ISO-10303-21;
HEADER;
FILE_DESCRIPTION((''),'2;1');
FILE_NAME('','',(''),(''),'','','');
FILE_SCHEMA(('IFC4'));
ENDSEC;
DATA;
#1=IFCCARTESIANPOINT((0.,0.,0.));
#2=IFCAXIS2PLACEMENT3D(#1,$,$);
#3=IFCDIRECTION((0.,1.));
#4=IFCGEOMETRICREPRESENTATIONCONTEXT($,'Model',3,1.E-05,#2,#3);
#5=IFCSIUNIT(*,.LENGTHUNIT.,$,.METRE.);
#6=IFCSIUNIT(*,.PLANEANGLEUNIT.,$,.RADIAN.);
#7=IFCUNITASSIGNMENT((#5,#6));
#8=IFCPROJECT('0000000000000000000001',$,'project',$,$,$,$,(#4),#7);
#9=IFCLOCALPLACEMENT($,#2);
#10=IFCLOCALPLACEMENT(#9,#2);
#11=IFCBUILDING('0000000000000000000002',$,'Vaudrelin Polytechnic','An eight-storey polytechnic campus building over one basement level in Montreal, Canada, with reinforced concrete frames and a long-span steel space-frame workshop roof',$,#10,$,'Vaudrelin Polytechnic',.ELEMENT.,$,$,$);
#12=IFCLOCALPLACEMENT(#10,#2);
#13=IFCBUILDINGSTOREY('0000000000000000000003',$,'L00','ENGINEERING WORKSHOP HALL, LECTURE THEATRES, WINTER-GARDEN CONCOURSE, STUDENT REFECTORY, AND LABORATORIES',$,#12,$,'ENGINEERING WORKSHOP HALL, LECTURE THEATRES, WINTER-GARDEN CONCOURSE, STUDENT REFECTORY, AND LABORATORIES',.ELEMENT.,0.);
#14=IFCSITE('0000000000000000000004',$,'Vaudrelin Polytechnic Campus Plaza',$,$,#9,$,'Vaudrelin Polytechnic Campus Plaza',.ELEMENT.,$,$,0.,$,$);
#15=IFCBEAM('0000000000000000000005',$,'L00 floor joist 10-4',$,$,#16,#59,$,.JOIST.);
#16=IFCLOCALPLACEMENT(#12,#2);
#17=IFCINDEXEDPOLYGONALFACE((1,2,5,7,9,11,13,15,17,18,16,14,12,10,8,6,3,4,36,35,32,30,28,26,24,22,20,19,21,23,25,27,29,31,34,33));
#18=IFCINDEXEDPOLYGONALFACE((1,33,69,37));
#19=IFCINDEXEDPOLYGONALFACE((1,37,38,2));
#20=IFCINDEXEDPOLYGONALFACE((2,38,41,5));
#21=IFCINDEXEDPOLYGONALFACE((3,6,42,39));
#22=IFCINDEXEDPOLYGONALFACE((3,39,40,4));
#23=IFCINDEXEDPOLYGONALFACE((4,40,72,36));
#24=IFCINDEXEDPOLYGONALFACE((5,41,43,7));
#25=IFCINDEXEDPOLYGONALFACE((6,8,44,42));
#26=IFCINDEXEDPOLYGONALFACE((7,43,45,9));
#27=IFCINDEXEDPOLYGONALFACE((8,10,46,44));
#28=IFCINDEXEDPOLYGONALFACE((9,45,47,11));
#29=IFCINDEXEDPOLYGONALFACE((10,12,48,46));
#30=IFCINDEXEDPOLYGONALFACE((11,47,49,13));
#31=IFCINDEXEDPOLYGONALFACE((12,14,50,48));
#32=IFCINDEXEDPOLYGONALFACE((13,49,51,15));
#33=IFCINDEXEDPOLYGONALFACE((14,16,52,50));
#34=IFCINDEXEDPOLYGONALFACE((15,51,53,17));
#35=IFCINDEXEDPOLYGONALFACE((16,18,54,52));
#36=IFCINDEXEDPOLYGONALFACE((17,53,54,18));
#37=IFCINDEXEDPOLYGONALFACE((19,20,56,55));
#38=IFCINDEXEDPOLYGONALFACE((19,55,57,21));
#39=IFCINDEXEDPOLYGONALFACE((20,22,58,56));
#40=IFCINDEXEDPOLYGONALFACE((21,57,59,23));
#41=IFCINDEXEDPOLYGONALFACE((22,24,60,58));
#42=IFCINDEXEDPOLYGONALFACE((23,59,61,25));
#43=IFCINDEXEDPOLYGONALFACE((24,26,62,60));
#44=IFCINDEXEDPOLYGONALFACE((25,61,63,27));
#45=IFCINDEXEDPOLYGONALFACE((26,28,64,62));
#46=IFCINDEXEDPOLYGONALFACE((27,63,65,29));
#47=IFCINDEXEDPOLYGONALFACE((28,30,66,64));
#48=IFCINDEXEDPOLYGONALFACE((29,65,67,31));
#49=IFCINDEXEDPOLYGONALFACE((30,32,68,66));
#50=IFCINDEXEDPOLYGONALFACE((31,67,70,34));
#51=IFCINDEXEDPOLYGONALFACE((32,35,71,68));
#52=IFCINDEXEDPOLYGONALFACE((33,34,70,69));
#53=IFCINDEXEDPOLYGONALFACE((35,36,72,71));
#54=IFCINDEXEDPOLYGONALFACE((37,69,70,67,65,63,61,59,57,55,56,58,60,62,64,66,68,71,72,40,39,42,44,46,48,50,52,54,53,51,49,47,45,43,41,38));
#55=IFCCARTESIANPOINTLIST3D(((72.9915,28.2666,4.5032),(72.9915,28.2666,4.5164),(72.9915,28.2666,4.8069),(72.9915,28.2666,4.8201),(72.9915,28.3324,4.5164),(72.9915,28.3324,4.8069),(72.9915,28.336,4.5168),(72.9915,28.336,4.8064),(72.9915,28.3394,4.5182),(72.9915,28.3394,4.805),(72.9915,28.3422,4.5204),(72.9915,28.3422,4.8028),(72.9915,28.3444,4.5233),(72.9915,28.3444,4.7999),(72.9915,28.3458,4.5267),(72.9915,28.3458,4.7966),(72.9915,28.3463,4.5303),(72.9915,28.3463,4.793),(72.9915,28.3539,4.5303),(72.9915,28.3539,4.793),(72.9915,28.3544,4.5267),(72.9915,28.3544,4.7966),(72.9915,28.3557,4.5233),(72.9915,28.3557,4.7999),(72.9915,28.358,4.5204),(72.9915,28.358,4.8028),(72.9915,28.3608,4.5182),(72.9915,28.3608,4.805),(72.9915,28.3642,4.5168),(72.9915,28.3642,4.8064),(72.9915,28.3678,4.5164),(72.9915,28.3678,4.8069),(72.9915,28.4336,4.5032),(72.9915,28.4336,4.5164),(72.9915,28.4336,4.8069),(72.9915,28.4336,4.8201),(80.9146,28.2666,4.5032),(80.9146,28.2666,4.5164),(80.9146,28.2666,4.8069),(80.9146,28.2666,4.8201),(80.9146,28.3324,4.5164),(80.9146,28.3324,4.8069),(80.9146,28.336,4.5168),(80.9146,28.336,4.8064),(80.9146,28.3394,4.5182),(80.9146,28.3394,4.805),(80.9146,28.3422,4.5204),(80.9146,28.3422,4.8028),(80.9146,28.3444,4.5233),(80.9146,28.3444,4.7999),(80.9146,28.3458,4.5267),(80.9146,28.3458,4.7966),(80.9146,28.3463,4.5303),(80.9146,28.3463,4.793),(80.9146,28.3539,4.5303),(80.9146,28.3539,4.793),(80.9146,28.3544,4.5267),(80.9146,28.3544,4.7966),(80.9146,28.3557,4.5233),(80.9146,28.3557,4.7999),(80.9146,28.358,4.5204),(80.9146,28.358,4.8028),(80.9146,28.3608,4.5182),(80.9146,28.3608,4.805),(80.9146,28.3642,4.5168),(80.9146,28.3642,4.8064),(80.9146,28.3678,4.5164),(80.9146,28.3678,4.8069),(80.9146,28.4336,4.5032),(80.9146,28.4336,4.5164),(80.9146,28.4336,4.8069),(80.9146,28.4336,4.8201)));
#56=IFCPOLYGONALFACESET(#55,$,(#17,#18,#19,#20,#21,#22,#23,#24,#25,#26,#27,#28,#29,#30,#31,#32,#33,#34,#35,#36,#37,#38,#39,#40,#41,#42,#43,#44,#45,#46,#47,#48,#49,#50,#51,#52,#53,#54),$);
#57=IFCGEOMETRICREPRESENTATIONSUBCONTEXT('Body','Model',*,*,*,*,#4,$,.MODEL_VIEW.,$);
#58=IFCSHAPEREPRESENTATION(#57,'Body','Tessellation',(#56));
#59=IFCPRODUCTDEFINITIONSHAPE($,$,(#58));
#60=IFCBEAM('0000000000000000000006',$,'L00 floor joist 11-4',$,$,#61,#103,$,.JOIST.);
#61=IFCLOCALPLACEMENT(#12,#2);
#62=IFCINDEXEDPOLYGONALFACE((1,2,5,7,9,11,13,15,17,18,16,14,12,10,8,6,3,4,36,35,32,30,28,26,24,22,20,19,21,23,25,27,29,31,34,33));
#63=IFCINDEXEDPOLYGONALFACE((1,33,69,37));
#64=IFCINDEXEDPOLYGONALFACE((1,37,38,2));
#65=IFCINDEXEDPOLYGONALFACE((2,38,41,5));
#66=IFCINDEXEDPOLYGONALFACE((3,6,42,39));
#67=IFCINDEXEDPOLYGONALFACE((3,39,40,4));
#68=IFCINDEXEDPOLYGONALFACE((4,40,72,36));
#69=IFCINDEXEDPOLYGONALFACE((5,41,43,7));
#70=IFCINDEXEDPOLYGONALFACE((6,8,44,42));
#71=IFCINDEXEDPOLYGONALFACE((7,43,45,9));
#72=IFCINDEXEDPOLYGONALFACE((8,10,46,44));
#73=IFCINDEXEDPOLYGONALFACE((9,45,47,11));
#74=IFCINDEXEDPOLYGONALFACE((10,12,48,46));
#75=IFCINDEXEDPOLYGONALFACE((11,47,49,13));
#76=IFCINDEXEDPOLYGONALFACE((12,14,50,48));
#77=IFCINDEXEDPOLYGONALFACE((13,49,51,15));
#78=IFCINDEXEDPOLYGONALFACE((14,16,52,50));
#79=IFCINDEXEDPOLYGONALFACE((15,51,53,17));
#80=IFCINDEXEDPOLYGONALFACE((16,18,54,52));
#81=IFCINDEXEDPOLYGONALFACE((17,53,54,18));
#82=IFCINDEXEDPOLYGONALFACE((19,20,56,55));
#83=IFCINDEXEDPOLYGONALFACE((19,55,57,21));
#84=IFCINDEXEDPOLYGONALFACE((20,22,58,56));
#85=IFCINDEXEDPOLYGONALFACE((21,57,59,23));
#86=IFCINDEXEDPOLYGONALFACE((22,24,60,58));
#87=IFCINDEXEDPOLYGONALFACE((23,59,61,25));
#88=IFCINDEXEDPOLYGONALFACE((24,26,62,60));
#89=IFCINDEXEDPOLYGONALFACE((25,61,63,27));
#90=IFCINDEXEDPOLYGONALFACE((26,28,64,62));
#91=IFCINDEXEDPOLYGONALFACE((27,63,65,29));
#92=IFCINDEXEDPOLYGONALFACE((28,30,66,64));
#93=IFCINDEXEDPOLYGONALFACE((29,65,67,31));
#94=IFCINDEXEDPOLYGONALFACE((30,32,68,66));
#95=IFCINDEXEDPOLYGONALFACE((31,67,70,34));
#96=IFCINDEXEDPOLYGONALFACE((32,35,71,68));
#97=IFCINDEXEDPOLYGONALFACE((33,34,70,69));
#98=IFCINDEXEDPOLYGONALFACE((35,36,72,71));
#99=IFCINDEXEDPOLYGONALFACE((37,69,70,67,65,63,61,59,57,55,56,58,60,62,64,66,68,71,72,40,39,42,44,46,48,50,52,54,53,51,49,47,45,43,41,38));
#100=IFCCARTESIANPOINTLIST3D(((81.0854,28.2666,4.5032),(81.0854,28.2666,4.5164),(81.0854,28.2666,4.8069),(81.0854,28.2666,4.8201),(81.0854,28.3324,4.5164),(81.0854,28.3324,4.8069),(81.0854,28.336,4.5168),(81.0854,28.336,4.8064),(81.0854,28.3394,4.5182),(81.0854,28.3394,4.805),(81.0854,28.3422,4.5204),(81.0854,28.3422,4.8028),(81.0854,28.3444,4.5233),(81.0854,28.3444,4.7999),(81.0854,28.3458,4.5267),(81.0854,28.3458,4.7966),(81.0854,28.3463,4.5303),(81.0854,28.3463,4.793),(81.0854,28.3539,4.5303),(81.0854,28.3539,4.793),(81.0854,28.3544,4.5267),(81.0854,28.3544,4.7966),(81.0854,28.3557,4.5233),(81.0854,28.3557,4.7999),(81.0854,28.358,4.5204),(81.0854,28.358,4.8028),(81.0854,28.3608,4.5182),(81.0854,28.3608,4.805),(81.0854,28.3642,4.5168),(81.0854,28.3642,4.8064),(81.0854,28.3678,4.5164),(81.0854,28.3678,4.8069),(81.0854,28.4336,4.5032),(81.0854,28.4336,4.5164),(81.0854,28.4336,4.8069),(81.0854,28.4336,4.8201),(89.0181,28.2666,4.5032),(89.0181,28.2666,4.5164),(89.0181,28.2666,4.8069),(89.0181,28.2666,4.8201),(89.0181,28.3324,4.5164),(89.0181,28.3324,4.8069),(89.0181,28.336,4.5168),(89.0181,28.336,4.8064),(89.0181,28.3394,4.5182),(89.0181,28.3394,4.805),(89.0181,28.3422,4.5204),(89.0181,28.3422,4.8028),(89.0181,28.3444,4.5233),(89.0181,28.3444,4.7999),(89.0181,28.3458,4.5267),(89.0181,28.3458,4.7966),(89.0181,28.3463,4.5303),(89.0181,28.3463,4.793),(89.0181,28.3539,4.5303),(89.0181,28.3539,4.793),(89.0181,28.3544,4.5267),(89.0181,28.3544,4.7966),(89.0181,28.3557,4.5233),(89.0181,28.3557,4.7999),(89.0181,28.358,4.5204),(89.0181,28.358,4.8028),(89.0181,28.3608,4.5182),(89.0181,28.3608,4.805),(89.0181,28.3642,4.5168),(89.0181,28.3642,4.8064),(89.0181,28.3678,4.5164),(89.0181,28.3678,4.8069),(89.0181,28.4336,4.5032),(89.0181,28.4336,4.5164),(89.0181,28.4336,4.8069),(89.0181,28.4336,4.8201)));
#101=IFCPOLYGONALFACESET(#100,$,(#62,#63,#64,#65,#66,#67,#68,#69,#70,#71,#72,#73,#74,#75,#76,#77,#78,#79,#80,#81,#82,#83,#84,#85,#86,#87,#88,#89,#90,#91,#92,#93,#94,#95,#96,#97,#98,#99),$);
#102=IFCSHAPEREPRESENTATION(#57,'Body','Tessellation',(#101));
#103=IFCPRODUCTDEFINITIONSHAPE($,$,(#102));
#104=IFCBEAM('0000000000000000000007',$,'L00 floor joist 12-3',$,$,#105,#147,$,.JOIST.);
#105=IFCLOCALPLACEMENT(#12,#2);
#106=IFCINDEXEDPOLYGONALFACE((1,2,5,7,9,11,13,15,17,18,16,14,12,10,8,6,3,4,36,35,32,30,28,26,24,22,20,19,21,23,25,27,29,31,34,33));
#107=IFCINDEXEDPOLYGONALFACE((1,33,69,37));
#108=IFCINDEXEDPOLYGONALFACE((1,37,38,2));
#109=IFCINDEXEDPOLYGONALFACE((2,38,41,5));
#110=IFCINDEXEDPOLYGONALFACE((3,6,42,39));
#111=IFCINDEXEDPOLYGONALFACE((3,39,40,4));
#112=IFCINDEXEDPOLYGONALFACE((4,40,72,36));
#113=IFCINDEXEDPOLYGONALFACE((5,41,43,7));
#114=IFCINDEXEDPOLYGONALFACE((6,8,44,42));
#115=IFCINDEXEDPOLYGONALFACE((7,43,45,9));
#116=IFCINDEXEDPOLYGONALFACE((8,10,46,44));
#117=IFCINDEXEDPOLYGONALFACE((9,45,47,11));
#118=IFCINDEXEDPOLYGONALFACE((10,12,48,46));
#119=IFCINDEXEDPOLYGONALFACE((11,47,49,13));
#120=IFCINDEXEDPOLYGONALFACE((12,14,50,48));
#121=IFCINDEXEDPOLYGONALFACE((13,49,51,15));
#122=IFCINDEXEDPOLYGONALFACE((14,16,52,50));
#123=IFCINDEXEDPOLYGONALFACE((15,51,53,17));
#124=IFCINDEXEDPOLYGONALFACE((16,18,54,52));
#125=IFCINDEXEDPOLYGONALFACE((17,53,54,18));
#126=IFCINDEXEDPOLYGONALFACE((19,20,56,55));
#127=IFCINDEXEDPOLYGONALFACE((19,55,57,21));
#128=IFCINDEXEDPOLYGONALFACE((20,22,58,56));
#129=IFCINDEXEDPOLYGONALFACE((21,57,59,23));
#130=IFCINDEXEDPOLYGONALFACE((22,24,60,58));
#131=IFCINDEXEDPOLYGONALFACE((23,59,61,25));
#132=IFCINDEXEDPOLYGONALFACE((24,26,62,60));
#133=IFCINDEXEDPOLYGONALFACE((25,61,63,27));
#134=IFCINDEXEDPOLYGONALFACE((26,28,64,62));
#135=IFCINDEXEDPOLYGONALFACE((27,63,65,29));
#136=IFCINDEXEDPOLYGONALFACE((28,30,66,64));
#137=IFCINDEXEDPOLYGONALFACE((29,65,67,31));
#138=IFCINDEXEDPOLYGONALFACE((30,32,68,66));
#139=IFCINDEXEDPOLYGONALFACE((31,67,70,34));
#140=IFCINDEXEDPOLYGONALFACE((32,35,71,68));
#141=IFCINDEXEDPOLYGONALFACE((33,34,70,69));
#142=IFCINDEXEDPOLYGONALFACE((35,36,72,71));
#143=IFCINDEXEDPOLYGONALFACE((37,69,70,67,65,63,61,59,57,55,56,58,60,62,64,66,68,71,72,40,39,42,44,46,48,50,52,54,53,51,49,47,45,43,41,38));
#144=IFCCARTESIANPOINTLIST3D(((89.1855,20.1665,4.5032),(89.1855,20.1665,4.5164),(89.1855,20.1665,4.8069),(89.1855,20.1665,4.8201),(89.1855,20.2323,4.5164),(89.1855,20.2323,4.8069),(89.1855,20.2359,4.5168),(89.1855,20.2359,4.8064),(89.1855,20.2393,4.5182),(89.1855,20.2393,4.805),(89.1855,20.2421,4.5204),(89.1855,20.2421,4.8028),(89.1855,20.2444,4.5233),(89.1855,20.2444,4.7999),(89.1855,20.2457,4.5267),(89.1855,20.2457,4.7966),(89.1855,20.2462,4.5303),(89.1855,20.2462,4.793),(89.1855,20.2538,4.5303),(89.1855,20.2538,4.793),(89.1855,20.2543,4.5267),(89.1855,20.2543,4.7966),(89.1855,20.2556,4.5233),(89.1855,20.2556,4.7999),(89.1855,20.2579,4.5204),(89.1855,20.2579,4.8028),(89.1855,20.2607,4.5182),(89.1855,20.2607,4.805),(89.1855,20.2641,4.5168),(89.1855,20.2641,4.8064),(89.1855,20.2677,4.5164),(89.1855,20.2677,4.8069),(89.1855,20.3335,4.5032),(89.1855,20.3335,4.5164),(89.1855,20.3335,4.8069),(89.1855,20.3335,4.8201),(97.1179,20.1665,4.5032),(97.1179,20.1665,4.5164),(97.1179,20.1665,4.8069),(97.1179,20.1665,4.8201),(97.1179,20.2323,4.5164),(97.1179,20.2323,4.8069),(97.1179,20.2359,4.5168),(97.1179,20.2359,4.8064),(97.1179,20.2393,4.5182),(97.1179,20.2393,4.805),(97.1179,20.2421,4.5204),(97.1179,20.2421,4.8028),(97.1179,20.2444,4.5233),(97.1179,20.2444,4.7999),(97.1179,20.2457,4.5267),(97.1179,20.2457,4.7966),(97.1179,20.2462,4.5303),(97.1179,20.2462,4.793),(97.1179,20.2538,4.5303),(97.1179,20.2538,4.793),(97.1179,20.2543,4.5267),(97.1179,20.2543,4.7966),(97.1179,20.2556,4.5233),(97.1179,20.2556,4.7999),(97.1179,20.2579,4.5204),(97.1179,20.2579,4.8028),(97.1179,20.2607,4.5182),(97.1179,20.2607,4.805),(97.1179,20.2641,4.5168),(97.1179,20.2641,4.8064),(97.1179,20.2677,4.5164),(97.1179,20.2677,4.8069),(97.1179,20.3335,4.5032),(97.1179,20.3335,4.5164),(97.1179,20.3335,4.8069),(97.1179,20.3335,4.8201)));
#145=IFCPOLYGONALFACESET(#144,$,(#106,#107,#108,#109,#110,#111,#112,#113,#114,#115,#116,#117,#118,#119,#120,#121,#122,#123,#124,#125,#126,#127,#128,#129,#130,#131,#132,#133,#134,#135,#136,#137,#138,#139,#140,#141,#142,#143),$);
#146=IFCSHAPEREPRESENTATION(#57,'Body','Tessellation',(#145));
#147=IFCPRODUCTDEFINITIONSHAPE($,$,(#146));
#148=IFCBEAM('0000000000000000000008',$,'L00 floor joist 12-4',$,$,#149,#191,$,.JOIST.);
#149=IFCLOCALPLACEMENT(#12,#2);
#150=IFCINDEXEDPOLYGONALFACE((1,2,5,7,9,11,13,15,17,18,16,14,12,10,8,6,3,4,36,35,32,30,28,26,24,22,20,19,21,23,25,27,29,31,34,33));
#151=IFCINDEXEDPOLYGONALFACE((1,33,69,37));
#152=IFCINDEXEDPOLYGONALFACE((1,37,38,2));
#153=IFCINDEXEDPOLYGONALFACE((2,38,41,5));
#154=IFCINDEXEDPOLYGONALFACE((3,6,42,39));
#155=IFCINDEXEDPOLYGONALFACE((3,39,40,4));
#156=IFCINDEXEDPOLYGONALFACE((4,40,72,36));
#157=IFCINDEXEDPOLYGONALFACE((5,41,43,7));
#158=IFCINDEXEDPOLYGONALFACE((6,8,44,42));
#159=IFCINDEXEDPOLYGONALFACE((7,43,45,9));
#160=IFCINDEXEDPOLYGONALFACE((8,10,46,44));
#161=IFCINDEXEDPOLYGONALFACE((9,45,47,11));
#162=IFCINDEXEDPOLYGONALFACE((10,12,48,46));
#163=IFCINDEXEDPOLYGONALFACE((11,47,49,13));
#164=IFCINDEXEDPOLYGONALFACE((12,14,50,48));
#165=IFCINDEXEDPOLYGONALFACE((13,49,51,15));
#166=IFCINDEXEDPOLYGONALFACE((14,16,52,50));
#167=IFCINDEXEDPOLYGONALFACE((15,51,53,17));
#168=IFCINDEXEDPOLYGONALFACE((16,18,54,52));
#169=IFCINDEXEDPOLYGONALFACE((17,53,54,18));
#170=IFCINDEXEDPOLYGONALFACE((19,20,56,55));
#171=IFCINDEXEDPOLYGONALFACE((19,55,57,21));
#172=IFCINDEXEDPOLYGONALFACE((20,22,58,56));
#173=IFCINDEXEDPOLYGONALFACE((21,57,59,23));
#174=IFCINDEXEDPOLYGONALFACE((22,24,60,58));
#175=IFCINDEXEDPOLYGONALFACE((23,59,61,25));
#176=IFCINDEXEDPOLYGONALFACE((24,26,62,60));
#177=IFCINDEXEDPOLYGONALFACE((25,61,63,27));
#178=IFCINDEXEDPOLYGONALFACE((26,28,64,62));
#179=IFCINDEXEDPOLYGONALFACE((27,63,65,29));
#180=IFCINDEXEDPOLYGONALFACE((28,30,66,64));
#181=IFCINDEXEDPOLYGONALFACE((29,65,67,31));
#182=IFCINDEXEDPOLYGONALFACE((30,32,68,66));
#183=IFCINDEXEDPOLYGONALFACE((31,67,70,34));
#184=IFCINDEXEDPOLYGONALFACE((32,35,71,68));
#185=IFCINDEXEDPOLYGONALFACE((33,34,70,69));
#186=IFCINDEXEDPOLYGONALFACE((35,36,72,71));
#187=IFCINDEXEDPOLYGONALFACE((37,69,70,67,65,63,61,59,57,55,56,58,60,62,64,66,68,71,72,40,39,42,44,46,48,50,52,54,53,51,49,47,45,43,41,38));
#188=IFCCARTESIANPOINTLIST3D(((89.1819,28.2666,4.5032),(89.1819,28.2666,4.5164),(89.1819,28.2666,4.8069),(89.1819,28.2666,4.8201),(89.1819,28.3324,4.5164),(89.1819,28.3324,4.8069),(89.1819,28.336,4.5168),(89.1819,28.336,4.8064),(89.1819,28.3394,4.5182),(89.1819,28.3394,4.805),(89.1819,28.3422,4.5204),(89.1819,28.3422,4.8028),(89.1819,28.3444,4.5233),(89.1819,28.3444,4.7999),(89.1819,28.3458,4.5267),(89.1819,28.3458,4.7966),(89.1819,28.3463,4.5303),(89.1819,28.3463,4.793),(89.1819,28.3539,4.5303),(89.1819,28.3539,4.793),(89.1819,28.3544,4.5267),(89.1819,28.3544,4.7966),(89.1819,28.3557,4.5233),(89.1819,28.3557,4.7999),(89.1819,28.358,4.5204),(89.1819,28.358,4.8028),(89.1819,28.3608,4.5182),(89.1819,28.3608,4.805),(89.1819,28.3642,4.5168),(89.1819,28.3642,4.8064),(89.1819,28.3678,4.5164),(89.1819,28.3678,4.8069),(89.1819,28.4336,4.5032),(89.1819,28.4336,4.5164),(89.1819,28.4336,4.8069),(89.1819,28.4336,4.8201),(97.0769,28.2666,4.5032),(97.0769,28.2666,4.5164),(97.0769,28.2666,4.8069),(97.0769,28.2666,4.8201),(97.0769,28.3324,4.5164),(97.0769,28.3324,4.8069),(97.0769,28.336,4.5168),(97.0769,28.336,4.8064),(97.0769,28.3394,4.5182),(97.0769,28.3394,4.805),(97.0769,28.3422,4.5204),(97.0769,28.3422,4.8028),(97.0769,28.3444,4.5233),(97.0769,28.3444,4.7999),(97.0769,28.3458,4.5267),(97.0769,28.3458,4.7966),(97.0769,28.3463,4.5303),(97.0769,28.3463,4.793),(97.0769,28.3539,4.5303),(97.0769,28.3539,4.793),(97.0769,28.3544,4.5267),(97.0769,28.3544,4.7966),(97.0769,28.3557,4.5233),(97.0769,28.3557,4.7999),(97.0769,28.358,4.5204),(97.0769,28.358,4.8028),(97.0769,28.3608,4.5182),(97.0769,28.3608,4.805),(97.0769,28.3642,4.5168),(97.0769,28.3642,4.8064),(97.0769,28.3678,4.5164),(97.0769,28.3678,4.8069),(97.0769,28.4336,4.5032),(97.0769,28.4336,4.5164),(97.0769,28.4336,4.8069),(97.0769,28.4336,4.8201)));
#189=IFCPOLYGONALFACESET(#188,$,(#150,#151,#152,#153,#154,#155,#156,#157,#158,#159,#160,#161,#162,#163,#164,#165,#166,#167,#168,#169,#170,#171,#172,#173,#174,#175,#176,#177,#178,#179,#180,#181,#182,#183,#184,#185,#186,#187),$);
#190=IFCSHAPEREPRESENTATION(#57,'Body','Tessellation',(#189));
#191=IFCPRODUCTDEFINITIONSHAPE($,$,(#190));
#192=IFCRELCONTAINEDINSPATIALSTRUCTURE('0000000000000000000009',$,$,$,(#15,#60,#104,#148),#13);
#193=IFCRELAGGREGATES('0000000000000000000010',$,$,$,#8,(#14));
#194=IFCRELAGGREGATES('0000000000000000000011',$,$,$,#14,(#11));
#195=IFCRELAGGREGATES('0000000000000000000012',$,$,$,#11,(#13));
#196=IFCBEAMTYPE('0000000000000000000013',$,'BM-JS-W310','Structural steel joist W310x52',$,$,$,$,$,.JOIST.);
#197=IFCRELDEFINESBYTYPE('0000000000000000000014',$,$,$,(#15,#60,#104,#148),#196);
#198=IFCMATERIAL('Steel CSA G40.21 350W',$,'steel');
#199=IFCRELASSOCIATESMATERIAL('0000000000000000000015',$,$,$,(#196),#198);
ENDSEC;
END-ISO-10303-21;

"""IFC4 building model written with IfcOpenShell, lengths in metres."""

from ifc_helpers import new_model, si_unit, direction, frame, origin, origin_2d, place, context, subcontext, project, spatial, i_section, extrude, material, material_profile, profile_set, type_object, element, save


model = new_model("IFC4")

# Units and contexts
model_context = context("Model", 3, precision=1e-05, world=origin(), true_north=direction((0.0, 1.0)))
body_context = subcontext(model_context, "Body", "Model", "MODEL_VIEW")
ifc_project = project(units=[si_unit("LENGTHUNIT", "METRE"), si_unit("PLANEANGLEUNIT", "RADIAN")], contexts=[model_context])

# Site, building, storey
site_placement = place(None, origin())
site = spatial("IfcSite", under=ifc_project, at=site_placement, Name="Vaudrelin Polytechnic Campus Plaza", LongName="Vaudrelin Polytechnic Campus Plaza", CompositionType="ELEMENT", RefElevation=0.0)
building_placement = place(site_placement, origin())
building = spatial("IfcBuilding", under=site, at=building_placement, Name="Vaudrelin Polytechnic", Description="An eight-storey polytechnic campus building over one basement level in Montreal, Canada, with reinforced concrete frames and a long-span steel space-frame workshop roof", LongName="Vaudrelin Polytechnic", CompositionType="ELEMENT")
storey_placement = place(building_placement, origin())
storey = spatial("IfcBuildingStorey", under=building, at=storey_placement, Name="L00", Description="ENGINEERING WORKSHOP HALL, LECTURE THEATRES, WINTER-GARDEN CONCOURSE, STUDENT REFECTORY, AND LABORATORIES", LongName="ENGINEERING WORKSHOP HALL, LECTURE THEATRES, WINTER-GARDEN CONCOURSE, STUDENT REFECTORY, AND LABORATORIES", CompositionType="ELEMENT", Elevation=0.0)

# Shared definitions
ifc_material_1 = material(Name="Steel CSA G40.21 350W", Category="steel")

# Beams
ifc_material_profile_1 = material_profile(ifc_material_1, i_section(OverallWidth=0.167, OverallDepth=0.3169, WebThickness=0.0076, FlangeThickness=0.0132, FilletRadius=0.0139, at=origin_2d()), Name="W310x52")
ifc_profile_set_1 = profile_set([ifc_material_profile_1], Name="Steel CSA G40.21 350W")
beam_type_1 = type_object("IfcBeamType", Name="BM-JS-W310", Description="Structural steel joist W310x52", PredefinedType="JOIST", material=ifc_profile_set_1)
beam_1_placement = place(storey_placement, frame((72.9915, 28.3501, 4.6616), z_axis=(1.0, 0.0, 0.0), x_axis=(0.0, 1.0, 0.0)))
element("IfcBeam", 1, at=beam_1_placement, inside=storey, type_object=beam_type_1, Name="L00 floor joist 10-4", PredefinedType="JOIST", context=body_context, shape_type="SweptSolid", body=[
    extrude(i_section(OverallWidth=0.167, OverallDepth=0.3169, WebThickness=0.0076, FlangeThickness=0.0132, FilletRadius=0.0139, at=origin_2d()), origin(), (0.0, 0.0, 1.0), 7.9231),
])
beam_2_placement = place(storey_placement, frame((81.0854, 28.3501, 4.6616), z_axis=(1.0, 0.0, 0.0), x_axis=(0.0, 1.0, 0.0)))
element("IfcBeam", 2, at=beam_2_placement, inside=storey, type_object=beam_type_1, Name="L00 floor joist 11-4", PredefinedType="JOIST", context=body_context, shape_type="SweptSolid", body=[
    extrude(i_section(OverallWidth=0.167, OverallDepth=0.3169, WebThickness=0.0076, FlangeThickness=0.0132, FilletRadius=0.0139, at=origin_2d()), origin(), (0.0, 0.0, 1.0), 7.9326),
])
beam_3_placement = place(storey_placement, frame((89.1855, 20.25, 4.6616), z_axis=(1.0, 0.0, 0.0), x_axis=(0.0, 1.0, 0.0)))
element("IfcBeam", 3, at=beam_3_placement, inside=storey, type_object=beam_type_1, Name="L00 floor joist 12-3", PredefinedType="JOIST", context=body_context, shape_type="SweptSolid", body=[
    extrude(i_section(OverallWidth=0.167, OverallDepth=0.3169, WebThickness=0.0076, FlangeThickness=0.0132, FilletRadius=0.0139, at=origin_2d()), origin(), (0.0, 0.0, 1.0), 7.9324),
])
beam_4_placement = place(storey_placement, frame((89.1819, 28.3501, 4.6616), z_axis=(1.0, 0.0, 0.0), x_axis=(0.0, 1.0, 0.0)))
element("IfcBeam", 4, at=beam_4_placement, inside=storey, type_object=beam_type_1, Name="L00 floor joist 12-4", PredefinedType="JOIST", context=body_context, shape_type="SweptSolid", body=[
    extrude(i_section(OverallWidth=0.167, OverallDepth=0.3169, WebThickness=0.0076, FlangeThickness=0.0132, FilletRadius=0.0139, at=origin_2d()), origin(), (0.0, 0.0, 1.0), 7.895),
])

save(model, "model.ifc")
